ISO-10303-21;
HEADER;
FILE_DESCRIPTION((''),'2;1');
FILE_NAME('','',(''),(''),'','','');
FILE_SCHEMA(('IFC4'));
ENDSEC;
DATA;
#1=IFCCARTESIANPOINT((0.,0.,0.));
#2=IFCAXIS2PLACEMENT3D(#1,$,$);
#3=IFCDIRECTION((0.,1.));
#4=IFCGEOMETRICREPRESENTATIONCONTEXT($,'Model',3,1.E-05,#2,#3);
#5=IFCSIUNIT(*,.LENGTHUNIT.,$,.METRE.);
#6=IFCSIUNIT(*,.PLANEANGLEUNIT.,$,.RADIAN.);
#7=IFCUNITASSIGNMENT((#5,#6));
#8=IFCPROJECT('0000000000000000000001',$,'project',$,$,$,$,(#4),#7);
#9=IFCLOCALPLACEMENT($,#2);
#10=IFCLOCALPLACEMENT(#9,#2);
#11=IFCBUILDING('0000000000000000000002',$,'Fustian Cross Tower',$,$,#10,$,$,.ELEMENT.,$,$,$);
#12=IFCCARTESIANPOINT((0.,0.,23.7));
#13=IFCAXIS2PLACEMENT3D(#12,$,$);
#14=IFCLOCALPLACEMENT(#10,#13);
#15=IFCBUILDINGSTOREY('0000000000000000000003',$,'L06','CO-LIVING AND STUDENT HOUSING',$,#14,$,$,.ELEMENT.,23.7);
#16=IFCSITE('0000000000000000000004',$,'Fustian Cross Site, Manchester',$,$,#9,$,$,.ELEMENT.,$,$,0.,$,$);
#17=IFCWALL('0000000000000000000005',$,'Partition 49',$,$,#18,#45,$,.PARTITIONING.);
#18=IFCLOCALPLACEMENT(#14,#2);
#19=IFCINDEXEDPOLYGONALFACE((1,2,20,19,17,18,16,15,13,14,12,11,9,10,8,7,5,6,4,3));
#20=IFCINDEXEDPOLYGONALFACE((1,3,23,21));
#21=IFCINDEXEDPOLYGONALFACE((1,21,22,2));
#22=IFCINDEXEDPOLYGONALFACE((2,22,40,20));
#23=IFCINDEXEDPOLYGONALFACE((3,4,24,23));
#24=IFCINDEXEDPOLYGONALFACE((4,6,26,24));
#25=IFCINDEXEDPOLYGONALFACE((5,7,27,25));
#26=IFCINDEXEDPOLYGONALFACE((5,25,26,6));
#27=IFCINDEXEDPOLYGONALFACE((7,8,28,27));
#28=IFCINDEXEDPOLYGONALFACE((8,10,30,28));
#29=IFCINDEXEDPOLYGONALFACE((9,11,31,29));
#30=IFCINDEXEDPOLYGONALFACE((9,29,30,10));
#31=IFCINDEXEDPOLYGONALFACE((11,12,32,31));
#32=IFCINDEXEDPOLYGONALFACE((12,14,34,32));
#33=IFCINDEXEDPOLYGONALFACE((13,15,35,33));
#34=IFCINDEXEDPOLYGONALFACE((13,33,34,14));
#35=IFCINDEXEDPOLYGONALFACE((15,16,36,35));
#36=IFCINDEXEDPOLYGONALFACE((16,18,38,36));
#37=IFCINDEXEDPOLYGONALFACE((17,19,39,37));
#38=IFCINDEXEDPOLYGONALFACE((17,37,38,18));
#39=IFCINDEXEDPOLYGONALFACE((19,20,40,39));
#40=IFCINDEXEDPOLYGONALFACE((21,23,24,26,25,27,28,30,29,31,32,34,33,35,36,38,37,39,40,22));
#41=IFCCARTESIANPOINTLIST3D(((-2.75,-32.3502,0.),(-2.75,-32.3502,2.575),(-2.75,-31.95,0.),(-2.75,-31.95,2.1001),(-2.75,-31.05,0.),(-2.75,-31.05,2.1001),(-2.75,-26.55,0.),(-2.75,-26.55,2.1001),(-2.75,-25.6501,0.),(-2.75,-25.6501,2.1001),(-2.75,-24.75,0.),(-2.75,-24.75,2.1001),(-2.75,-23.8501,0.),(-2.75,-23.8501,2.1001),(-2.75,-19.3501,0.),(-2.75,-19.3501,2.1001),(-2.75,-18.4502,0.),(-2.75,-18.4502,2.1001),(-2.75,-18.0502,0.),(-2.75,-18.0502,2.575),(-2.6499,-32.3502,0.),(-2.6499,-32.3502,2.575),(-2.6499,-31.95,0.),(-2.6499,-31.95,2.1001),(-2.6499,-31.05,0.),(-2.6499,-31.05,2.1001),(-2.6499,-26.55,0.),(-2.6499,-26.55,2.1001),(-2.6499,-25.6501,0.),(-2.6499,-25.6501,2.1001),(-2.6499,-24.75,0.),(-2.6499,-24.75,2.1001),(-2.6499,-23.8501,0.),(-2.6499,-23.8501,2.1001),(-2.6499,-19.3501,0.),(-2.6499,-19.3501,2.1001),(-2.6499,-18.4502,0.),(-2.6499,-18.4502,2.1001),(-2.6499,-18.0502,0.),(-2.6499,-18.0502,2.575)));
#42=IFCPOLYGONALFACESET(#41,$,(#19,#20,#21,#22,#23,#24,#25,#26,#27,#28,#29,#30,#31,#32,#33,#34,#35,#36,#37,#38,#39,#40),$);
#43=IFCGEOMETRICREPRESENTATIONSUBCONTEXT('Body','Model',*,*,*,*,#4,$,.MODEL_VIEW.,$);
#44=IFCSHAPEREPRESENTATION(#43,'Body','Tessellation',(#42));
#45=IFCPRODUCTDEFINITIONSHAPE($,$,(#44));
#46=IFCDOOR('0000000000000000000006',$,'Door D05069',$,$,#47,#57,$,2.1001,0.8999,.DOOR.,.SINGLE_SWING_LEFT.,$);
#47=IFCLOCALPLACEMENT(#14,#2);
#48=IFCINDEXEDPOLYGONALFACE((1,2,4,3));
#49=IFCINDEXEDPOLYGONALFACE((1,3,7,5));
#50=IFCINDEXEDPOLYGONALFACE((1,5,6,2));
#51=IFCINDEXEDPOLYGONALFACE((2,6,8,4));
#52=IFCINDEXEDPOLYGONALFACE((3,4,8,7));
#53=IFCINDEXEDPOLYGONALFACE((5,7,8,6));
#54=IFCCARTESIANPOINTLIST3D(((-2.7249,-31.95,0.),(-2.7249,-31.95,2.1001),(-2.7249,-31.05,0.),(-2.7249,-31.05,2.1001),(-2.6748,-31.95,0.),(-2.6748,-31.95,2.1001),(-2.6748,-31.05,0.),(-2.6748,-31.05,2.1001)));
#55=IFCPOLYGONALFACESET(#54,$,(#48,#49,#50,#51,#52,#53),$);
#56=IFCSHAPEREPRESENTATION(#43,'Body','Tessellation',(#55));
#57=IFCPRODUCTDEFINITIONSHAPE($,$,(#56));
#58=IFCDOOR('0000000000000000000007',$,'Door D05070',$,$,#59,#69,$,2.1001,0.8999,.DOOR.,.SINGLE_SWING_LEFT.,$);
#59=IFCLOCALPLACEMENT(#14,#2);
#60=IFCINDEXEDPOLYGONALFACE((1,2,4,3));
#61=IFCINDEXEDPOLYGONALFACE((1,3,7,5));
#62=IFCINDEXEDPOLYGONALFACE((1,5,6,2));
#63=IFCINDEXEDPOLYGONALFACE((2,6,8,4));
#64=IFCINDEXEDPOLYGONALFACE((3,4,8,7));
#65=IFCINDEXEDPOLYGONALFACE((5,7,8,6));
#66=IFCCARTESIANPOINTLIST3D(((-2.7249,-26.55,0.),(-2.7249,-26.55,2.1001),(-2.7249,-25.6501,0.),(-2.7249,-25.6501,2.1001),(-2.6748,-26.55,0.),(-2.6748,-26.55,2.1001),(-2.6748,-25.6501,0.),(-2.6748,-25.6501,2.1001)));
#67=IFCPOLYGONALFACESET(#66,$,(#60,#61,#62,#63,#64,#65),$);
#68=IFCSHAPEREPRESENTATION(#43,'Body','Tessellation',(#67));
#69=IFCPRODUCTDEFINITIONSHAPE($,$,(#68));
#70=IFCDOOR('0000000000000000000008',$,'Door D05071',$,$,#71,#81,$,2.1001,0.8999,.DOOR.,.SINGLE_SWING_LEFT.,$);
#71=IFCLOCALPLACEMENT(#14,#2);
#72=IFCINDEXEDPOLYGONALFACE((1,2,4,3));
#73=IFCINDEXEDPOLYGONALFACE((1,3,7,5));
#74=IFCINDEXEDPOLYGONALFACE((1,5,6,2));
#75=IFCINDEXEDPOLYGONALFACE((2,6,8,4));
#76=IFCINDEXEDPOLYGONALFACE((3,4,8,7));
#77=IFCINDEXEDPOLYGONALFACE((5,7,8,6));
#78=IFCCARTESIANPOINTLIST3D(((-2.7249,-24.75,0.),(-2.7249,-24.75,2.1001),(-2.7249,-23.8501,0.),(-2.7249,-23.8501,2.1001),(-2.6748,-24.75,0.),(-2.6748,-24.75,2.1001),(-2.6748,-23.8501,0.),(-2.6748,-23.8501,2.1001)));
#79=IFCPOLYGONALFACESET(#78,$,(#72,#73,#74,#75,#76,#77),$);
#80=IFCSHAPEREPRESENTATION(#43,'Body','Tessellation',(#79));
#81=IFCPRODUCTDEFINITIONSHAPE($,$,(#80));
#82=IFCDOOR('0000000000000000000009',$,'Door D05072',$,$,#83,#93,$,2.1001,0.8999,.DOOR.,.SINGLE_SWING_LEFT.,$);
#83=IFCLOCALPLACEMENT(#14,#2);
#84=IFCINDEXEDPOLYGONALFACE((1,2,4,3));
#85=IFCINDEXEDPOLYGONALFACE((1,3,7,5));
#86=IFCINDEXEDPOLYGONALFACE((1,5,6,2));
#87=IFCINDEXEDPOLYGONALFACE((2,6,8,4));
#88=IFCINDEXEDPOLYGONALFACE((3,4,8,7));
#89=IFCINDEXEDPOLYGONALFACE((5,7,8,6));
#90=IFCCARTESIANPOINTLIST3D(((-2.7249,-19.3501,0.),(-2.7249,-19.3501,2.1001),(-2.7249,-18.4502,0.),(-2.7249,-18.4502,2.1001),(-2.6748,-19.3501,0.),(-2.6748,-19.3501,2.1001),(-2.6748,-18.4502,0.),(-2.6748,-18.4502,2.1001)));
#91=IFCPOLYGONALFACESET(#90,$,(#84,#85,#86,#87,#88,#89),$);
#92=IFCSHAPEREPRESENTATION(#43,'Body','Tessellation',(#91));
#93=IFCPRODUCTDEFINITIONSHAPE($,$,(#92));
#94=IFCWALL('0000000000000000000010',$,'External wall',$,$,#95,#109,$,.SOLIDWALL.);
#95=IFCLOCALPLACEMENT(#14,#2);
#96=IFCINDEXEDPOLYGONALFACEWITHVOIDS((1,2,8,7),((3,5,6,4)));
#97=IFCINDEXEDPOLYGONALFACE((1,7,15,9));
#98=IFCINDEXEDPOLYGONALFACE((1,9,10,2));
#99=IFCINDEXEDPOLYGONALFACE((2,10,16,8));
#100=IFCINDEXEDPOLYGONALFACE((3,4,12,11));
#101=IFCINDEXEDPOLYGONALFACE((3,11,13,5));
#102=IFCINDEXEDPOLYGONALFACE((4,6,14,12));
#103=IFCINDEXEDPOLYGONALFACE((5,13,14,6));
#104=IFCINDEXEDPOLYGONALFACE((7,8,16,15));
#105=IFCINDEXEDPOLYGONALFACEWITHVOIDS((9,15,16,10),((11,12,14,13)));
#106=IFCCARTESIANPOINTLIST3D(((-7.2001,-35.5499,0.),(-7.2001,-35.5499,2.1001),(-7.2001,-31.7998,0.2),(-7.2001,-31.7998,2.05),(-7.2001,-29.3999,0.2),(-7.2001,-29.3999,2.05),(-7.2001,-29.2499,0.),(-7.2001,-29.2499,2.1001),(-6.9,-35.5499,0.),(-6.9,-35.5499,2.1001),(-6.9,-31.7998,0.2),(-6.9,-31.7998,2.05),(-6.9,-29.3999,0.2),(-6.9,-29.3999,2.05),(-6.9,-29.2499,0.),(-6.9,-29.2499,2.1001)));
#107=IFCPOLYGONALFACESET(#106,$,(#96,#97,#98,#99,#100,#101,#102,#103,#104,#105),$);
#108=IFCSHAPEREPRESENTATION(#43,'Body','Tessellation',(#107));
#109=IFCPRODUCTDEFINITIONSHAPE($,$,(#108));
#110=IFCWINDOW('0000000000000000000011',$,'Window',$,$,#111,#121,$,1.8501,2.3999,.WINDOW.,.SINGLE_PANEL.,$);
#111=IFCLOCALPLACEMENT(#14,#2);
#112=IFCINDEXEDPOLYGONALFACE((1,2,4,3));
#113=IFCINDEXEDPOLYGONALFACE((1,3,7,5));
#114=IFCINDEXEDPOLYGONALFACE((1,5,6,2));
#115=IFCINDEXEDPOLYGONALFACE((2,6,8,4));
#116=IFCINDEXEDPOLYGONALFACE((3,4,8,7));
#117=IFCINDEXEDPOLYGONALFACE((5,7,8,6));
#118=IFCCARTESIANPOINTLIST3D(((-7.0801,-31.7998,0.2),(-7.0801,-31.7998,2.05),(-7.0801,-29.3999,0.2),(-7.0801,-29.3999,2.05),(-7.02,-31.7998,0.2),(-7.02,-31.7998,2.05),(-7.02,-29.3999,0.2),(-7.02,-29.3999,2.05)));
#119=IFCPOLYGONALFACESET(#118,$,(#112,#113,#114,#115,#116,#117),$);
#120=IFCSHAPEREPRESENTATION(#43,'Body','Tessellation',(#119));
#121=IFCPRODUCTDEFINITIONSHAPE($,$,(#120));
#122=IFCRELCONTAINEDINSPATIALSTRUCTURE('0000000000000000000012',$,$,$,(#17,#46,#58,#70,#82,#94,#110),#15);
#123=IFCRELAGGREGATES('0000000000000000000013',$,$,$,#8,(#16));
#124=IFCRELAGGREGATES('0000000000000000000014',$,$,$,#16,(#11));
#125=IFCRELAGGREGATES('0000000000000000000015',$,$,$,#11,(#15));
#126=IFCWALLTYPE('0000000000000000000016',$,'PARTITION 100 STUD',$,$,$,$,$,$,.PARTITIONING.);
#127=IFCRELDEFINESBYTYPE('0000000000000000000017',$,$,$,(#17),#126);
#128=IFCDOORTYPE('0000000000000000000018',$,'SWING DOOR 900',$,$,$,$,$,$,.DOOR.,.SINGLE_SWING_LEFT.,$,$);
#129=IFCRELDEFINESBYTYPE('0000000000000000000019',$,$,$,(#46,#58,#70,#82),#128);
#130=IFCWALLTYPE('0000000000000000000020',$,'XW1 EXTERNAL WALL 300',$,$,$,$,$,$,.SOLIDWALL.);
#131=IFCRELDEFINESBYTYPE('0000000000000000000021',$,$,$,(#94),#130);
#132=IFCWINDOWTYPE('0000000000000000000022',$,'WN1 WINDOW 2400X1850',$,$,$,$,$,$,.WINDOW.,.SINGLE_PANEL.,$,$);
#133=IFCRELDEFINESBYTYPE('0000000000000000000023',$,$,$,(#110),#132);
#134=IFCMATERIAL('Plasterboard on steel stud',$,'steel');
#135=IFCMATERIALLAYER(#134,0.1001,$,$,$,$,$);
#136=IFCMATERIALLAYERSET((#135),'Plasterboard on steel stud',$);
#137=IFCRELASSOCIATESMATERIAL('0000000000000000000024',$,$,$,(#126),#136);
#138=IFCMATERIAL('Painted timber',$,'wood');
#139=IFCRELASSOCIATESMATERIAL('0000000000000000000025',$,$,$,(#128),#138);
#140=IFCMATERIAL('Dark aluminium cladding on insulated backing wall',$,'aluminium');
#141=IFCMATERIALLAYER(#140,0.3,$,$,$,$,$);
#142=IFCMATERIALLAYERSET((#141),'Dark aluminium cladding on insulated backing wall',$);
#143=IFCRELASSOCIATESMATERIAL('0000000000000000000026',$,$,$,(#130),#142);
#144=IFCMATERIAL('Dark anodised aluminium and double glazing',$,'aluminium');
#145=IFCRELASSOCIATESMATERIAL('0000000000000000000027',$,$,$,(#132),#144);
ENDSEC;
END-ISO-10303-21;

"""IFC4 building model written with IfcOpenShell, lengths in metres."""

from ifc_helpers import new_model, si_unit, direction, frame, frame_2d, origin, place, context, subcontext, project, spatial, rectangle, extrude, material, layer, layer_set, type_object, element, fill, save


model = new_model("IFC4")

# Units and contexts
model_context = context("Model", 3, precision=1e-05, world=origin(), true_north=direction((0.0, 1.0)))
body_context = subcontext(model_context, "Body", "Model", "MODEL_VIEW")
ifc_project = project(units=[si_unit("LENGTHUNIT", "METRE"), si_unit("PLANEANGLEUNIT", "RADIAN")], contexts=[model_context])

# Site, building, storey
site_placement = place(None, origin())
site = spatial("IfcSite", under=ifc_project, at=site_placement, Name="Fustian Cross Site, Manchester", CompositionType="ELEMENT", RefElevation=0.0)
building_placement = place(site_placement, origin())
building = spatial("IfcBuilding", under=site, at=building_placement, Name="Fustian Cross Tower", CompositionType="ELEMENT")
storey_placement = place(building_placement, frame((0.0, 0.0, 23.7)))
storey = spatial("IfcBuildingStorey", under=building, at=storey_placement, Name="L06", Description="CO-LIVING AND STUDENT HOUSING", CompositionType="ELEMENT", Elevation=23.7)

# Shared definitions
ifc_material_1 = material(Name="Plasterboard on steel stud", Category="steel")
ifc_layer_1 = layer(ifc_material_1, 0.1001)
ifc_layer_set_1 = layer_set([ifc_layer_1], Name="Plasterboard on steel stud")
wall_type_1 = type_object("IfcWallType", Name="PARTITION 100 STUD", PredefinedType="PARTITIONING", material=ifc_layer_set_1)

# Shared definitions
ifc_material_2 = material(Name="Painted timber", Category="wood")
door_type_1 = type_object("IfcDoorType", Name="SWING DOOR 900", OperationType="SINGLE_SWING_LEFT", PredefinedType="DOOR", material=ifc_material_2)

# Wall, openings, doors
wall_1_placement = place(storey_placement, frame((-2.7, -32.3501, 0.0), z_axis=(0.0, 0.0, 1.0), x_axis=(0.0, 1.0, 0.0)))
wall_1 = element("IfcWall", 1, at=wall_1_placement, inside=storey, type_object=wall_type_1, Name="Partition 49", PredefinedType="PARTITIONING", context=body_context, shape_type="SweptSolid", body=[
    extrude(rectangle(XDim=14.3, YDim=0.1001, at=frame_2d((7.1499, 0.0))), origin(), (0.0, 0.0, 1.0), 2.575),
])
opening_1_placement = place(wall_1_placement, frame((0.4001, 0.0, 0.0)))
opening_1 = element("IfcOpeningElement", 2, at=opening_1_placement, cuts=wall_1, PredefinedType="OPENING", context=body_context, shape_type="SweptSolid", body=[
    extrude(rectangle(XDim=0.8999, YDim=2.1001, at=frame_2d((0.45, 1.05))), frame((0.0, 0.0601, 0.0), z_axis=(0.0, -1.0, 0.0), x_axis=(1.0, 0.0, 0.0)), (0.0, 0.0, 1.0), 0.1201),
])
opening_2_placement = place(wall_1_placement, frame((5.8, 0.0, 0.0)))
opening_2 = element("IfcOpeningElement", 3, at=opening_2_placement, cuts=wall_1, PredefinedType="OPENING", context=body_context, shape_type="SweptSolid", body=[
    extrude(rectangle(XDim=0.8999, YDim=2.1001, at=frame_2d((0.45, 1.05))), frame((0.0, 0.0601, 0.0), z_axis=(0.0, -1.0, 0.0), x_axis=(1.0, 0.0, 0.0)), (0.0, 0.0, 1.0), 0.1201),
])
opening_3_placement = place(wall_1_placement, frame((7.6001, 0.0, 0.0)))
opening_3 = element("IfcOpeningElement", 4, at=opening_3_placement, cuts=wall_1, PredefinedType="OPENING", context=body_context, shape_type="SweptSolid", body=[
    extrude(rectangle(XDim=0.8999, YDim=2.1001, at=frame_2d((0.45, 1.05))), frame((0.0, 0.0601, 0.0), z_axis=(0.0, -1.0, 0.0), x_axis=(1.0, 0.0, 0.0)), (0.0, 0.0, 1.0), 0.1201),
])
opening_4_placement = place(wall_1_placement, frame((13.0, 0.0, 0.0)))
opening_4 = element("IfcOpeningElement", 5, at=opening_4_placement, cuts=wall_1, PredefinedType="OPENING", context=body_context, shape_type="SweptSolid", body=[
    extrude(rectangle(XDim=0.8999, YDim=2.1001, at=frame_2d((0.45, 1.05))), frame((0.0, 0.0601, 0.0), z_axis=(0.0, -1.0, 0.0), x_axis=(1.0, 0.0, 0.0)), (0.0, 0.0, 1.0), 0.1201),
])
door_1_placement = place(opening_1_placement, origin())
door_1 = element("IfcDoor", 6, at=door_1_placement, inside=storey, type_object=door_type_1, Name="Door D05069", OperationType="SINGLE_SWING_LEFT", OverallHeight=2.1001, OverallWidth=0.8999, PredefinedType="DOOR", context=body_context, shape_type="SweptSolid", body=[
    extrude(rectangle(XDim=0.8999, YDim=2.1001, at=frame_2d((0.45, 1.05))), frame((0.0, 0.0249, 0.0), z_axis=(0.0, -1.0, 0.0), x_axis=(1.0, 0.0, 0.0)), (0.0, 0.0, 1.0), 0.05),
])
fill(opening_1, door_1)
door_2_placement = place(opening_2_placement, origin())
door_2 = element("IfcDoor", 7, at=door_2_placement, inside=storey, type_object=door_type_1, Name="Door D05070", OperationType="SINGLE_SWING_LEFT", OverallHeight=2.1001, OverallWidth=0.8999, PredefinedType="DOOR", context=body_context, shape_type="SweptSolid", body=[
    extrude(rectangle(XDim=0.8999, YDim=2.1001, at=frame_2d((0.45, 1.05))), frame((0.0, 0.0249, 0.0), z_axis=(0.0, -1.0, 0.0), x_axis=(1.0, 0.0, 0.0)), (0.0, 0.0, 1.0), 0.05),
])
fill(opening_2, door_2)
door_3_placement = place(opening_3_placement, origin())
door_3 = element("IfcDoor", 8, at=door_3_placement, inside=storey, type_object=door_type_1, Name="Door D05071", OperationType="SINGLE_SWING_LEFT", OverallHeight=2.1001, OverallWidth=0.8999, PredefinedType="DOOR", context=body_context, shape_type="SweptSolid", body=[
    extrude(rectangle(XDim=0.8999, YDim=2.1001, at=frame_2d((0.45, 1.05))), frame((0.0, 0.0249, 0.0), z_axis=(0.0, -1.0, 0.0), x_axis=(1.0, 0.0, 0.0)), (0.0, 0.0, 1.0), 0.05),
])
fill(opening_3, door_3)
door_4_placement = place(opening_4_placement, origin())
door_4 = element("IfcDoor", 9, at=door_4_placement, inside=storey, type_object=door_type_1, Name="Door D05072", OperationType="SINGLE_SWING_LEFT", OverallHeight=2.1001, OverallWidth=0.8999, PredefinedType="DOOR", context=body_context, shape_type="SweptSolid", body=[
    extrude(rectangle(XDim=0.8999, YDim=2.1001, at=frame_2d((0.45, 1.05))), frame((0.0, 0.0249, 0.0), z_axis=(0.0, -1.0, 0.0), x_axis=(1.0, 0.0, 0.0)), (0.0, 0.0, 1.0), 0.05),
])
fill(opening_4, door_4)

# Wall, opening, window
ifc_material_3 = material(Name="Dark aluminium cladding on insulated backing wall", Category="aluminium")
ifc_layer_2 = layer(ifc_material_3, 0.3)
ifc_layer_set_2 = layer_set([ifc_layer_2], Name="Dark aluminium cladding on insulated backing wall")
wall_type_2 = type_object("IfcWallType", Name="XW1 EXTERNAL WALL 300", PredefinedType="SOLIDWALL", material=ifc_layer_set_2)
wall_2_placement = place(storey_placement, frame((-7.05, -29.25, 0.0), z_axis=(0.0, 0.0, 1.0), x_axis=(0.0, -1.0, 0.0)))
wall_2 = element("IfcWall", 10, at=wall_2_placement, inside=storey, type_object=wall_type_2, Name="External wall", PredefinedType="SOLIDWALL", context=body_context, shape_type="SweptSolid", body=[
    extrude(rectangle(XDim=6.3, YDim=0.3, at=frame_2d((3.1499, 0.0))), origin(), (0.0, 0.0, 1.0), 2.1001),
])
opening_5_placement = place(wall_2_placement, frame((0.1499, 0.0, 0.2)))
opening_5 = element("IfcOpeningElement", 11, at=opening_5_placement, cuts=wall_2, PredefinedType="OPENING", context=body_context, shape_type="SweptSolid", body=[
    extrude(rectangle(XDim=2.3999, YDim=1.8501, at=frame_2d((1.2, 0.925))), frame((0.0, 0.1599, 0.0), z_axis=(0.0, -1.0, 0.0), x_axis=(1.0, 0.0, 0.0)), (0.0, 0.0, 1.0), 0.3201),
])
ifc_material_4 = material(Name="Dark anodised aluminium and double glazing", Category="aluminium")
window_type = type_object("IfcWindowType", Name="WN1 WINDOW 2400X1850", PartitioningType="SINGLE_PANEL", PredefinedType="WINDOW", material=ifc_material_4)
window_placement = place(opening_5_placement, origin())
window = element("IfcWindow", 12, at=window_placement, inside=storey, type_object=window_type, Name="Window", OverallHeight=1.8501, OverallWidth=2.3999, PartitioningType="SINGLE_PANEL", PredefinedType="WINDOW", context=body_context, shape_type="SweptSolid", body=[
    extrude(rectangle(XDim=2.3999, YDim=1.8501, at=frame_2d((1.2, 0.925))), frame((0.0, 0.03, 0.0), z_axis=(0.0, -1.0, 0.0), x_axis=(1.0, 0.0, 0.0)), (0.0, 0.0, 1.0), 0.0601),
])
fill(opening_5, window)

save(model, "model.ifc")
